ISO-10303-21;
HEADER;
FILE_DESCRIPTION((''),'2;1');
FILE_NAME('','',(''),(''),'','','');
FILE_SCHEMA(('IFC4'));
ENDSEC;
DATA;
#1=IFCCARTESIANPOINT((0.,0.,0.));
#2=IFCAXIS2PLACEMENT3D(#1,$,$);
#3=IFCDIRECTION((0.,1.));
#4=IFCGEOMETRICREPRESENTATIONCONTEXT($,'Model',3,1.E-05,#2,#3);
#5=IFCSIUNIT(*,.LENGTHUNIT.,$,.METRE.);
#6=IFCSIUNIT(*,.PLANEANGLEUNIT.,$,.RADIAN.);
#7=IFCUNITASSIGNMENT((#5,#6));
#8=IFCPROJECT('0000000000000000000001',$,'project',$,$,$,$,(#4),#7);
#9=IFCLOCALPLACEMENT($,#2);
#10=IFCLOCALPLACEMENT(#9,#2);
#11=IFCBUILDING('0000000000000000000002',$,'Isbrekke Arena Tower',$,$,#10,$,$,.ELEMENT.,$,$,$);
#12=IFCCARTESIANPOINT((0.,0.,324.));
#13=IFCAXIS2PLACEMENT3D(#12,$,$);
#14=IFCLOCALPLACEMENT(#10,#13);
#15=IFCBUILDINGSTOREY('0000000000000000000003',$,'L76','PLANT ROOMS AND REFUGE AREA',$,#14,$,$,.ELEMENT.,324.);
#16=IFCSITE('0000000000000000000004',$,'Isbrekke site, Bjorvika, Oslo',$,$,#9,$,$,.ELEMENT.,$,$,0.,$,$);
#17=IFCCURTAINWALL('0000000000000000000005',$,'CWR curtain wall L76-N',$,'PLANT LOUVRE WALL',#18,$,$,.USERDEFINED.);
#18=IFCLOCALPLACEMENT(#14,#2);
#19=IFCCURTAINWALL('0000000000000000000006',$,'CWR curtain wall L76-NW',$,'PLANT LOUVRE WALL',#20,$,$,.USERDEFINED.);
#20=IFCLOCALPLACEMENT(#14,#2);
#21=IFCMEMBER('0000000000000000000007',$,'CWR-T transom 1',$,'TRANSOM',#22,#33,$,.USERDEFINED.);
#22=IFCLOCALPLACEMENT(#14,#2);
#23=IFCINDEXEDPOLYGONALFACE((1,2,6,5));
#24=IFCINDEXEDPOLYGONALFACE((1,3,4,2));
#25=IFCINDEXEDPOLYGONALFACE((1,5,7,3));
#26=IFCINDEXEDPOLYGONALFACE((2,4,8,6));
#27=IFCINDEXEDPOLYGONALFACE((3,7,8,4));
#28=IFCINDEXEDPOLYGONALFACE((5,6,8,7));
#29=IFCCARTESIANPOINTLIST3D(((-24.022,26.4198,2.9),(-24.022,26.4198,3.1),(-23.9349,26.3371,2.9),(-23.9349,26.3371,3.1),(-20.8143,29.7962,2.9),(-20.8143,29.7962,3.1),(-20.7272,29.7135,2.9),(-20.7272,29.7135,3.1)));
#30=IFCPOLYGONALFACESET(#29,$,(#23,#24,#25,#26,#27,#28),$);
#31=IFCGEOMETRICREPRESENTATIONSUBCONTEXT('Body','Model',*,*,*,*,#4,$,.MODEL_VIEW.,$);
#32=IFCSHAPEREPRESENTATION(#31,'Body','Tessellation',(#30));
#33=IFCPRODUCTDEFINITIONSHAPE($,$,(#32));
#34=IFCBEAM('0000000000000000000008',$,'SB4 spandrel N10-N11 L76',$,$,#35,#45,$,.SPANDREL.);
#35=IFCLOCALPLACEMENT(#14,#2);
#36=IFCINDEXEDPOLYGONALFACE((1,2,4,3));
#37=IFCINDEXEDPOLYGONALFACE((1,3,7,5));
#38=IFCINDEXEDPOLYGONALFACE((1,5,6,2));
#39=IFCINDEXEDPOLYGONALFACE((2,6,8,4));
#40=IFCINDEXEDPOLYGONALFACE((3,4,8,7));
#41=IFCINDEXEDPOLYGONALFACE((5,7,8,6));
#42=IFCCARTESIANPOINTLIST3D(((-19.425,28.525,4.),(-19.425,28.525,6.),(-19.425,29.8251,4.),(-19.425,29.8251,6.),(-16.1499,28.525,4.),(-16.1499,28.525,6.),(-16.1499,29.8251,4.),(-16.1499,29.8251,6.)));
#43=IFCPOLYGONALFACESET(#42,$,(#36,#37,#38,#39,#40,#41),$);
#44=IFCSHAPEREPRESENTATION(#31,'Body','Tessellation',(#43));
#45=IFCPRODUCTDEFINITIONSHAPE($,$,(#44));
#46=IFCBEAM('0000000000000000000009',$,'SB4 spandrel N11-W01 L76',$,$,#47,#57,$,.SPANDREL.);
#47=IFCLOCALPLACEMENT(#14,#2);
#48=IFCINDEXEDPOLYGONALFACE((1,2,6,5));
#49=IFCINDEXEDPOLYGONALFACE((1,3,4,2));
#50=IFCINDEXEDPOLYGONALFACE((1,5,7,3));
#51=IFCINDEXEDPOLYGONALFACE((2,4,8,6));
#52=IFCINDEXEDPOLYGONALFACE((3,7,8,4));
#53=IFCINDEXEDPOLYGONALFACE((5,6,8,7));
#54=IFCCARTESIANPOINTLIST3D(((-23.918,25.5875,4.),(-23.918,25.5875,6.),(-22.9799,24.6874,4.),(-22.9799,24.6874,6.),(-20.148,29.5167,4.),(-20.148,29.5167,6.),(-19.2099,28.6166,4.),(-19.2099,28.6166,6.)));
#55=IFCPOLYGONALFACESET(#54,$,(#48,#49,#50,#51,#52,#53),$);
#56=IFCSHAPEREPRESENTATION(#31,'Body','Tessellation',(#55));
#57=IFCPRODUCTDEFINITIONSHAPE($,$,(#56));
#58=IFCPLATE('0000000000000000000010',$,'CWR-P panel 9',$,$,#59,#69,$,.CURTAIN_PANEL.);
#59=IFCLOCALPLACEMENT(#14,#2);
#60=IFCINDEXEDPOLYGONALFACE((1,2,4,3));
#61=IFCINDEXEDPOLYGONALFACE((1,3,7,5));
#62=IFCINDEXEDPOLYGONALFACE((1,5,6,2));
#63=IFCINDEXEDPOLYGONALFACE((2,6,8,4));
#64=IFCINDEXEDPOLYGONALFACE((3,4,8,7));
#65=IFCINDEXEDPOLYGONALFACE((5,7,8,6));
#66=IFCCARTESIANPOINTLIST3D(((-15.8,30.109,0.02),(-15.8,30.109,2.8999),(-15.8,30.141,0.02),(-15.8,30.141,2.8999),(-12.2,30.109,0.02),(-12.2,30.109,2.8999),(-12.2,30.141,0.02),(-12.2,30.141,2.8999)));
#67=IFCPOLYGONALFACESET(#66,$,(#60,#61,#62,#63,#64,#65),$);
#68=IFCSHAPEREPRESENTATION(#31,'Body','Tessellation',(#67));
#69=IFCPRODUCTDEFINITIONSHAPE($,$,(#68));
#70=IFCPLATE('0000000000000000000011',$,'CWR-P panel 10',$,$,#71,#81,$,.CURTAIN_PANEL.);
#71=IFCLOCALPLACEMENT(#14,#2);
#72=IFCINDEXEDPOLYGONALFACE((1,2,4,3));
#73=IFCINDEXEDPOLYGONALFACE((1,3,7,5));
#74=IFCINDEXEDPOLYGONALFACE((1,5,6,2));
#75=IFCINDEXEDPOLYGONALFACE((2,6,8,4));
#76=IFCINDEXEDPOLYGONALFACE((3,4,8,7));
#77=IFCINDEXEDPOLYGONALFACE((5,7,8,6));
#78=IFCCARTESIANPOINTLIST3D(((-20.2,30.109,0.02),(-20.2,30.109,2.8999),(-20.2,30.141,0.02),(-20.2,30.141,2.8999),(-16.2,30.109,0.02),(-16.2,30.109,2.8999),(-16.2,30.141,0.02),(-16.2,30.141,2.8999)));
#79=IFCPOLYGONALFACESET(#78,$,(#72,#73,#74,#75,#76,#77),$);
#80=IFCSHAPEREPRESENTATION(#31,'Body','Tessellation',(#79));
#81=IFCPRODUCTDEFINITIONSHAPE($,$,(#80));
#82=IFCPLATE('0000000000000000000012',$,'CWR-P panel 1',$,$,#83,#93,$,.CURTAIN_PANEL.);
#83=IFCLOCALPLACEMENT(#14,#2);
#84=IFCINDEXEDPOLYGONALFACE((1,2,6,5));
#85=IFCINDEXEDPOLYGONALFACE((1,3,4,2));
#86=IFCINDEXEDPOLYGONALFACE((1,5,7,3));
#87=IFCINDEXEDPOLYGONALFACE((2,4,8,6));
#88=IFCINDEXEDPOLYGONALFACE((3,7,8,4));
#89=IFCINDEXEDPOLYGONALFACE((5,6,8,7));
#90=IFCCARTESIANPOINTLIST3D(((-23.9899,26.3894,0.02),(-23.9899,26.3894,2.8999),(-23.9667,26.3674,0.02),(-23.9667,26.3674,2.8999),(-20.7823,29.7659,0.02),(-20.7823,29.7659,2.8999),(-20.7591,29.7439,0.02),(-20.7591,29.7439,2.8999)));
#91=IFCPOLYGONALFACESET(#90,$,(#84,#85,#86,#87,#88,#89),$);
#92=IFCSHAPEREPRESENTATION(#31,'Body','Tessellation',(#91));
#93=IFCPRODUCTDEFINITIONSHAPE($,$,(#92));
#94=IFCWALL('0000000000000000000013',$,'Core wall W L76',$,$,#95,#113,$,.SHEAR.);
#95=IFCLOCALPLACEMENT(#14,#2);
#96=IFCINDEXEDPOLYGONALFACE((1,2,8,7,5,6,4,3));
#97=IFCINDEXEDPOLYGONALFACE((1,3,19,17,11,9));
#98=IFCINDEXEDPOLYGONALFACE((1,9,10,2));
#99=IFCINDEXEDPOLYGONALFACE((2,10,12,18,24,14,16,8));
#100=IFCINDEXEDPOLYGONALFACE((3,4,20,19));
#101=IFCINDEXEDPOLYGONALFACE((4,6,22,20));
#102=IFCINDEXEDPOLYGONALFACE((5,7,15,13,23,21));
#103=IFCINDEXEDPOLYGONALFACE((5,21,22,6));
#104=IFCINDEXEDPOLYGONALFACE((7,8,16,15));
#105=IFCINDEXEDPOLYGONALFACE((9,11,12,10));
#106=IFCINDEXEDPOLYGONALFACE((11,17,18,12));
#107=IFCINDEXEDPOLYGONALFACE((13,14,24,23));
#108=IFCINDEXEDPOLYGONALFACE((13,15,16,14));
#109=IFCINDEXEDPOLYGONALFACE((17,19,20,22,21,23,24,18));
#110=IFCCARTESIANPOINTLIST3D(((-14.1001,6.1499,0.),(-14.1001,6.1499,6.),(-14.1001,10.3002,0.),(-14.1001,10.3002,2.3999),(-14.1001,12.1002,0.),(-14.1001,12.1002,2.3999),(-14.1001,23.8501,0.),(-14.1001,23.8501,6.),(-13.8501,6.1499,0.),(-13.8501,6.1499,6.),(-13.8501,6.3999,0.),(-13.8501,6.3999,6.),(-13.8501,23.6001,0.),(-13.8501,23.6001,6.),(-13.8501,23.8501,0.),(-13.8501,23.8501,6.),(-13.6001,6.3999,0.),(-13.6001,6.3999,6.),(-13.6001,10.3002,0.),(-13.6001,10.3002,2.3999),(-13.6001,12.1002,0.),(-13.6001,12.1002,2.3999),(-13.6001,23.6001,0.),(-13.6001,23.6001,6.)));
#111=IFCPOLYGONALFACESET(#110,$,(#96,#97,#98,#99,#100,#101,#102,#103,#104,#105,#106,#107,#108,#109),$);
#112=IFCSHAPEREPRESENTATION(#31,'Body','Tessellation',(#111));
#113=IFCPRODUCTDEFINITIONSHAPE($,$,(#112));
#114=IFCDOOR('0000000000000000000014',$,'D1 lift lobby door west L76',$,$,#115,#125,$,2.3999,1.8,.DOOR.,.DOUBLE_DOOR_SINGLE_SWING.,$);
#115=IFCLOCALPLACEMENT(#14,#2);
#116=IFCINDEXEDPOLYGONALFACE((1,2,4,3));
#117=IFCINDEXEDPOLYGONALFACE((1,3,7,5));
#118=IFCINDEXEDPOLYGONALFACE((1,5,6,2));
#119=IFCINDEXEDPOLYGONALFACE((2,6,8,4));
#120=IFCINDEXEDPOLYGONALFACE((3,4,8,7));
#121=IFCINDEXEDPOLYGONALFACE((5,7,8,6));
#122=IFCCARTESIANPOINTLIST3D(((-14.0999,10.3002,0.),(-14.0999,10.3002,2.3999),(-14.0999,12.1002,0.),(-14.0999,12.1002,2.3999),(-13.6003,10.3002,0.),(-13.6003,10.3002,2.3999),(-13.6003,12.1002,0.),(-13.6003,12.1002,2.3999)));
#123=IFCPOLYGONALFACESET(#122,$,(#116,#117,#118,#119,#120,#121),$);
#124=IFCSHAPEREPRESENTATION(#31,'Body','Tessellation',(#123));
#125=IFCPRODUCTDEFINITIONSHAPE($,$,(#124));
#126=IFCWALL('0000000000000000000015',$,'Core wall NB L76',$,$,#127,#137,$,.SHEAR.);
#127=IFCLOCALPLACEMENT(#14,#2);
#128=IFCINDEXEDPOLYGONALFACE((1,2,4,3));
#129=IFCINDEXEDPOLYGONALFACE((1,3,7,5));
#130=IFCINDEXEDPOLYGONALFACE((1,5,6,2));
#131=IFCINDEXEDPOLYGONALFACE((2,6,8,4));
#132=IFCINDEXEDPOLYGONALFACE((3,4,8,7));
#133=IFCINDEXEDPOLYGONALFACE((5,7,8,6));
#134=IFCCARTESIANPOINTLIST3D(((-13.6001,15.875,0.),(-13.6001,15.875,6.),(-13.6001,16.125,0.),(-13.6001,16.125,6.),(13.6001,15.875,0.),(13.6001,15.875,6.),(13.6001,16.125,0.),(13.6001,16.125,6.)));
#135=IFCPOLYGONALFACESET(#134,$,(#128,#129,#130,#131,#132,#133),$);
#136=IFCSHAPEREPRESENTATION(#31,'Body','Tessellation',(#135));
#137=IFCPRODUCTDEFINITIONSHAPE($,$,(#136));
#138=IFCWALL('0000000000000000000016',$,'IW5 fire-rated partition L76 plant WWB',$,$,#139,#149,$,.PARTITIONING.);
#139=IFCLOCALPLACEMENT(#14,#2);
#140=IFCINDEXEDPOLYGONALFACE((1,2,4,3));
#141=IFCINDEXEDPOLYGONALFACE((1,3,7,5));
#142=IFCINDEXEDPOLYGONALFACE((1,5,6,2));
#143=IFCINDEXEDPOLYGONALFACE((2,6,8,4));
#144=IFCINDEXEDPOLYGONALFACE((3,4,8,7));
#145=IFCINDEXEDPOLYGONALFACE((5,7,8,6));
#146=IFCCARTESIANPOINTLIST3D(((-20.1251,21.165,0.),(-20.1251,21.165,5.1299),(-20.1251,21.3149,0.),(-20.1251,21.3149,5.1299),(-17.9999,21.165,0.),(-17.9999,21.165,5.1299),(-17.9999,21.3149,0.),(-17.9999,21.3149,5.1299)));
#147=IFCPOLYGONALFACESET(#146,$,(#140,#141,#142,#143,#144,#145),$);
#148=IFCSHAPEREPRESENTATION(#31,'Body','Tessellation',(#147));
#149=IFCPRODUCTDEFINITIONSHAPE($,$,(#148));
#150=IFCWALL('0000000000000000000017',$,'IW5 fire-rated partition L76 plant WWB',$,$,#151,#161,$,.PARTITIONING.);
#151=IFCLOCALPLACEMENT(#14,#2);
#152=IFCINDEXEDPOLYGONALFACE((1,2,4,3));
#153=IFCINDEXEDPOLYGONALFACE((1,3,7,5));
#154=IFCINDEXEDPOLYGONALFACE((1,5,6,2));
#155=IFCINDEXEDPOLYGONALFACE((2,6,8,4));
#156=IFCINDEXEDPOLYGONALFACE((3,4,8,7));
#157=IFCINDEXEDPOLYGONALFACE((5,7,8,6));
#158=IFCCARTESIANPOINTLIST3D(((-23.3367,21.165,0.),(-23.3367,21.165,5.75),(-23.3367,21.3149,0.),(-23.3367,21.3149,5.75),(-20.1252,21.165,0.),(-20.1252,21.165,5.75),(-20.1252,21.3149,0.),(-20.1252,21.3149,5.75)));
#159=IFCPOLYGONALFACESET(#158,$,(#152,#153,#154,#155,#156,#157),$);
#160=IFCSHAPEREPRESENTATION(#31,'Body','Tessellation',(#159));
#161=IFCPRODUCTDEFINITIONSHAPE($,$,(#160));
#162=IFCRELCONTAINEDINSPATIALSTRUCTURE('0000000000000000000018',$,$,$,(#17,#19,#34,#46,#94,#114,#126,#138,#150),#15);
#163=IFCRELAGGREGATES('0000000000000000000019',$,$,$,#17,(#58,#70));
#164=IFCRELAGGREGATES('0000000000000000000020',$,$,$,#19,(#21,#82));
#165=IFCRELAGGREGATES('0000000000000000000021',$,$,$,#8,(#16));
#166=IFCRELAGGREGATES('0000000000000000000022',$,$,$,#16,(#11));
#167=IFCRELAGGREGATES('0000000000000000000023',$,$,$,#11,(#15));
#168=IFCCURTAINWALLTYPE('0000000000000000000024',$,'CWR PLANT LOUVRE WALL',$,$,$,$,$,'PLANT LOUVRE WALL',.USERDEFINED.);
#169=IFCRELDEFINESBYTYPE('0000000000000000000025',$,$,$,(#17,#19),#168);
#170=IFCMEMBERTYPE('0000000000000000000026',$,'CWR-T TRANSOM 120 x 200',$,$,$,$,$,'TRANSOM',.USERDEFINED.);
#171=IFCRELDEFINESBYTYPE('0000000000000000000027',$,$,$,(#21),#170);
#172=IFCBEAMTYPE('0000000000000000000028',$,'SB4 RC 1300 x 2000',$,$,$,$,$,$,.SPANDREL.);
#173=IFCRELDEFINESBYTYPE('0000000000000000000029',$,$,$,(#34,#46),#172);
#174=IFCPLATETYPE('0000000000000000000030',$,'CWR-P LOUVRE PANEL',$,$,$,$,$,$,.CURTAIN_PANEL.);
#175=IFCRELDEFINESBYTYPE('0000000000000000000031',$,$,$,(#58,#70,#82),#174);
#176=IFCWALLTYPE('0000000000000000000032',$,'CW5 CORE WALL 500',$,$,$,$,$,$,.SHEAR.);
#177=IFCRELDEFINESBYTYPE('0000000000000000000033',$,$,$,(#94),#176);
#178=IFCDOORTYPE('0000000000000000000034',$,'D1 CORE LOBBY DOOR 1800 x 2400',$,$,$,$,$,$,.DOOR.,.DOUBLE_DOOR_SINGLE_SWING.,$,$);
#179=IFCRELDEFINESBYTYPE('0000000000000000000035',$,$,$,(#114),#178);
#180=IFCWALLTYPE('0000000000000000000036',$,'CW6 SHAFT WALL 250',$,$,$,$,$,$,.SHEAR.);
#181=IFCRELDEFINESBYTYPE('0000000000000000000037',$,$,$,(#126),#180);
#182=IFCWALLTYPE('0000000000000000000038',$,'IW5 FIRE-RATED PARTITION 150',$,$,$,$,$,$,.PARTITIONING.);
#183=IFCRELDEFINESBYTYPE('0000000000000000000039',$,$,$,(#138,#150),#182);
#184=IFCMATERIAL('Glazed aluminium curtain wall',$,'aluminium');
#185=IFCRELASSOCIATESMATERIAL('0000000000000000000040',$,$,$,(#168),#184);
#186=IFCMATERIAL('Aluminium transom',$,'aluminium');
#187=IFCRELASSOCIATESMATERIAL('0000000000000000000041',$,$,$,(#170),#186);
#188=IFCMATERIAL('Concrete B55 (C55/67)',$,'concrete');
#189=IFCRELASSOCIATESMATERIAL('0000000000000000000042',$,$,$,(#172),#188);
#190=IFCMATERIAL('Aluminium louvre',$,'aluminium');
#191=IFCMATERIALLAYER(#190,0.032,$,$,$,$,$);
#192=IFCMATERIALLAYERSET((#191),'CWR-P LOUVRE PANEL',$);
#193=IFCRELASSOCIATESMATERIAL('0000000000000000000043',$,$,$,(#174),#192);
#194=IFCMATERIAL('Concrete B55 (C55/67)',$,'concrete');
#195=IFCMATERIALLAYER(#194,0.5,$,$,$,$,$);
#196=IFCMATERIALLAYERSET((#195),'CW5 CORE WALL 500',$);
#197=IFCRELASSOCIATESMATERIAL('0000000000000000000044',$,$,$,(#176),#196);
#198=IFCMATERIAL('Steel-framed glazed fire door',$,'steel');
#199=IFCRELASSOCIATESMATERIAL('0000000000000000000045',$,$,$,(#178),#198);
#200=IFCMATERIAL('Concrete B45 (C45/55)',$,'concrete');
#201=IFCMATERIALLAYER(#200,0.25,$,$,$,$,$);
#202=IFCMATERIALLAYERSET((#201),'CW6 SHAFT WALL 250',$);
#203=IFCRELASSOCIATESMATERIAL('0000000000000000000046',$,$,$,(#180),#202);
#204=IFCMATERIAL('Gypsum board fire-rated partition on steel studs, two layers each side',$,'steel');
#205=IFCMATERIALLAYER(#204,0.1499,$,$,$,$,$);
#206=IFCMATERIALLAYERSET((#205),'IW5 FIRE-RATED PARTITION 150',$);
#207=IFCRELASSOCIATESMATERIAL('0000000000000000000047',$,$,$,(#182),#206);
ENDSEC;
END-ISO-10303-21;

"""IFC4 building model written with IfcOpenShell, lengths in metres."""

from ifc_helpers import new_model, si_unit, direction, frame, frame_2d, origin, origin_2d, place, context, subcontext, project, spatial, polyline, rectangle, outline, extrude, material, layer, layer_set, material_profile, profile_set, type_object, element, fill, aggregate, save


model = new_model("IFC4")

# Units and contexts
model_context = context("Model", 3, precision=1e-05, world=origin(), true_north=direction((0.0, 1.0)))
body_context = subcontext(model_context, "Body", "Model", "MODEL_VIEW")
ifc_project = project(units=[si_unit("LENGTHUNIT", "METRE"), si_unit("PLANEANGLEUNIT", "RADIAN")], contexts=[model_context])

# Site, building, storey
site_placement = place(None, origin())
site = spatial("IfcSite", under=ifc_project, at=site_placement, Name="Isbrekke site, Bjorvika, Oslo", CompositionType="ELEMENT", RefElevation=0.0)
building_placement = place(site_placement, origin())
building = spatial("IfcBuilding", under=site, at=building_placement, Name="Isbrekke Arena Tower", CompositionType="ELEMENT")
storey_placement = place(building_placement, frame((0.0, 0.0, 324.0)))
storey = spatial("IfcBuildingStorey", under=building, at=storey_placement, Name="L76", Description="PLANT ROOMS AND REFUGE AREA", CompositionType="ELEMENT", Elevation=324.0)

# Curtain wall
ifc_material_1 = material(Name="Glazed aluminium curtain wall", Category="aluminium")
curtain_wall_type = type_object("IfcCurtainWallType", Name="CWR PLANT LOUVRE WALL", ElementType="PLANT LOUVRE WALL", PredefinedType="USERDEFINED", material=ifc_material_1)
curtain_wall_1_placement = place(storey_placement, origin())
curtain_wall_1 = element("IfcCurtainWall", 1, at=curtain_wall_1_placement, inside=storey, type_object=curtain_wall_type, Name="CWR curtain wall L76-N", ObjectType="PLANT LOUVRE WALL", PredefinedType="USERDEFINED")

# Curtain wall
curtain_wall_2_placement = place(storey_placement, origin())
curtain_wall_2 = element("IfcCurtainWall", 2, at=curtain_wall_2_placement, inside=storey, type_object=curtain_wall_type, Name="CWR curtain wall L76-NW", ObjectType="PLANT LOUVRE WALL", PredefinedType="USERDEFINED")

# Member
ifc_material_2 = material(Name="Aluminium transom", Category="aluminium")
ifc_material_profile_1 = material_profile(ifc_material_2, rectangle(XDim=0.1201, YDim=0.2, at=origin_2d()), Name="TRANSOM 120X200")
ifc_profile_set_1 = profile_set([ifc_material_profile_1], Name="Aluminium transom")
member_type_1 = type_object("IfcMemberType", Name="CWR-T TRANSOM 120 x 200", ElementType="TRANSOM", PredefinedType="USERDEFINED", material=ifc_profile_set_1)
member_1_placement = place(storey_placement, frame((-20.7708, 29.7549, 3.0), z_axis=(-0.688763, -0.724986, 0.0), x_axis=(0.724986, -0.688763, 0.0)))
member_1 = element("IfcMember", 3, at=member_1_placement, type_object=member_type_1, Name="CWR-T transom 1", ObjectType="TRANSOM", PredefinedType="USERDEFINED", context=body_context, shape_type="SweptSolid", body=[
    extrude(rectangle(XDim=0.1201, YDim=0.2, at=origin_2d()), origin(), (0.0, 0.0, 1.0), 4.6572),
])

# Beams
ifc_material_3 = material(Name="Concrete B55 (C55/67)", Category="concrete")
ifc_material_profile_2 = material_profile(ifc_material_3, rectangle(XDim=1.3, YDim=2.0, at=origin_2d()), Name="RC 1300x2000")
ifc_profile_set_2 = profile_set([ifc_material_profile_2], Name="Concrete B55 (C55/67)")
beam_type_1 = type_object("IfcBeamType", Name="SB4 RC 1300 x 2000", PredefinedType="SPANDREL", material=ifc_profile_set_2)
beam_1_placement = place(storey_placement, frame((-16.1499, 29.175, 5.0), z_axis=(-1.0, 0.0, 0.0), x_axis=(0.0, -1.0, 0.0)))
element("IfcBeam", 4, at=beam_1_placement, inside=storey, type_object=beam_type_1, Name="SB4 spandrel N10-N11 L76", PredefinedType="SPANDREL", context=body_context, shape_type="SweptSolid", body=[
    extrude(rectangle(XDim=1.3, YDim=2.0, at=origin_2d()), origin(), (0.0, 0.0, 1.0), 3.2751),
])
beam_2_placement = place(storey_placement, frame((-19.679, 29.0667, 5.0), z_axis=(-0.69234, -0.721572, 0.0), x_axis=(0.721572, -0.69234, 0.0)))
element("IfcBeam", 5, at=beam_2_placement, inside=storey, type_object=beam_type_1, Name="SB4 spandrel N11-W01 L76", PredefinedType="SPANDREL", context=body_context, shape_type="SweptSolid", body=[
    extrude(rectangle(XDim=1.3, YDim=2.0, at=origin_2d()), origin(), (0.0, 0.0, 1.0), 5.4453),
])

# Plates
ifc_material_4 = material(Name="Aluminium louvre", Category="aluminium")
ifc_layer_1 = layer(ifc_material_4, 0.032)
ifc_layer_set_1 = layer_set([ifc_layer_1], Name="CWR-P LOUVRE PANEL")
plate_type = type_object("IfcPlateType", Name="CWR-P LOUVRE PANEL", PredefinedType="CURTAIN_PANEL", material=ifc_layer_set_1)
plate_1_placement = place(storey_placement, frame((-14.0, 30.125, 0.02), z_axis=(0.0, 0.0, 1.0), x_axis=(-1.0, 0.0, 0.0)))
plate_1 = element("IfcPlate", 6, at=plate_1_placement, type_object=plate_type, Name="CWR-P panel 9", PredefinedType="CURTAIN_PANEL", context=body_context, shape_type="SweptSolid", body=[
    extrude(rectangle(XDim=3.6001, YDim=0.032, at=origin_2d()), origin(), (0.0, 0.0, 1.0), 2.8799),
])
plate_2_placement = place(storey_placement, frame((-18.2, 30.125, 0.02), z_axis=(0.0, 0.0, 1.0), x_axis=(-1.0, 0.0, 0.0)))
plate_2 = element("IfcPlate", 7, at=plate_2_placement, type_object=plate_type, Name="CWR-P panel 10", PredefinedType="CURTAIN_PANEL", context=body_context, shape_type="SweptSolid", body=[
    extrude(rectangle(XDim=4.0, YDim=0.032, at=origin_2d()), origin(), (0.0, 0.0, 1.0), 2.8799),
])
aggregate(curtain_wall_1, [plate_1, plate_2])
plate_3_placement = place(storey_placement, frame((-22.3745, 28.0667, 0.02), z_axis=(0.0, 0.0, 1.0), x_axis=(-0.688749, -0.724999, 0.0)))
plate_3 = element("IfcPlate", 8, at=plate_3_placement, type_object=plate_type, Name="CWR-P panel 1", PredefinedType="CURTAIN_PANEL", context=body_context, shape_type="SweptSolid", body=[
    extrude(rectangle(XDim=4.6572, YDim=0.032, at=origin_2d()), origin(), (0.0, 0.0, 1.0), 2.8799),
])
aggregate(curtain_wall_2, [member_1, plate_3])

# Wall, opening, door
ifc_material_5 = material(Name="Concrete B55 (C55/67)", Category="concrete")
ifc_layer_2 = layer(ifc_material_5, 0.5)
ifc_layer_set_2 = layer_set([ifc_layer_2], Name="CW5 CORE WALL 500")
wall_type_1 = type_object("IfcWallType", Name="CW5 CORE WALL 500", PredefinedType="SHEAR", material=ifc_layer_set_2)
wall_1_placement = place(storey_placement, frame((-13.8501, 23.8501, 0.0), z_axis=(0.0, 0.0, 1.0), x_axis=(0.0, -1.0, 0.0)))
wall_1 = element("IfcWall", 9, at=wall_1_placement, inside=storey, type_object=wall_type_1, Name="Core wall W L76", PredefinedType="SHEAR", context=body_context, shape_type="SweptSolid", body=[
    extrude(outline(polyline([(0.0, -0.25), (17.7002, -0.25), (17.7002, 0.0), (17.4502, 0.0), (17.4502, 0.25), (0.25, 0.25), (0.25, 0.0), (0.0, 0.0), (0.0, -0.25)])), origin(), (0.0, 0.0, 1.0), 6.0),
])
opening_1_placement = place(wall_1_placement, frame((11.75, 0.0, 0.0)))
opening_1 = element("IfcOpeningElement", 10, at=opening_1_placement, cuts=wall_1, PredefinedType="OPENING", context=body_context, shape_type="SweptSolid", body=[
    extrude(rectangle(XDim=1.8, YDim=2.3999, at=frame_2d((0.8999, 1.2))), frame((0.0, 0.2649, 0.0), z_axis=(0.0, -1.0, 0.0), x_axis=(1.0, 0.0, 0.0)), (0.0, 0.0, 1.0), 0.5298),
])
ifc_material_6 = material(Name="Steel-framed glazed fire door", Category="steel")
door_type_1 = type_object("IfcDoorType", Name="D1 CORE LOBBY DOOR 1800 x 2400", OperationType="DOUBLE_DOOR_SINGLE_SWING", PredefinedType="DOOR", material=ifc_material_6)
door_1_placement = place(opening_1_placement, origin())
door_1 = element("IfcDoor", 11, at=door_1_placement, inside=storey, type_object=door_type_1, Name="D1 lift lobby door west L76", OperationType="DOUBLE_DOOR_SINGLE_SWING", OverallHeight=2.3999, OverallWidth=1.8, PredefinedType="DOOR", context=body_context, shape_type="SweptSolid", body=[
    extrude(rectangle(XDim=1.8, YDim=2.3999, at=frame_2d((0.8999, 1.2))), frame((0.0, 0.2498, 0.0), z_axis=(0.0, -1.0, 0.0), x_axis=(1.0, 0.0, 0.0)), (0.0, 0.0, 1.0), 0.4995),
])
fill(opening_1, door_1)

# Walls
ifc_material_7 = material(Name="Concrete B45 (C45/55)", Category="concrete")
ifc_layer_3 = layer(ifc_material_7, 0.25)
ifc_layer_set_3 = layer_set([ifc_layer_3], Name="CW6 SHAFT WALL 250")
wall_type_2 = type_object("IfcWallType", Name="CW6 SHAFT WALL 250", PredefinedType="SHEAR", material=ifc_layer_set_3)
wall_2_placement = place(storey_placement, frame((-13.6001, 16.0, 0.0), z_axis=(0.0, 0.0, 1.0), x_axis=(1.0, 0.0, 0.0)))
element("IfcWall", 12, at=wall_2_placement, inside=storey, type_object=wall_type_2, Name="Core wall NB L76", PredefinedType="SHEAR", context=body_context, shape_type="SweptSolid", body=[
    extrude(rectangle(XDim=27.2002, YDim=0.25, at=frame_2d((13.6001, 0.0))), origin(), (0.0, 0.0, 1.0), 6.0),
])
ifc_material_8 = material(Name="Gypsum board fire-rated partition on steel studs, two layers each side", Category="steel")
ifc_layer_4 = layer(ifc_material_8, 0.1499)
ifc_layer_set_4 = layer_set([ifc_layer_4], Name="IW5 FIRE-RATED PARTITION 150")
wall_type_3 = type_object("IfcWallType", Name="IW5 FIRE-RATED PARTITION 150", PredefinedType="PARTITIONING", material=ifc_layer_set_4)
wall_3_placement = place(storey_placement, frame((-18.0, 21.24, 0.0), z_axis=(0.0, 0.0, 1.0), x_axis=(-1.0, 0.0, 0.0)))
element("IfcWall", 13, at=wall_3_placement, inside=storey, type_object=wall_type_3, Name="IW5 fire-rated partition L76 plant WWB", PredefinedType="PARTITIONING", context=body_context, shape_type="SweptSolid", body=[
    extrude(rectangle(XDim=2.1252, YDim=0.1499, at=frame_2d((1.0625, 0.0))), origin(), (0.0, 0.0, 1.0), 5.1299),
])
wall_4_placement = place(storey_placement, frame((-20.1252, 21.24, 0.0), z_axis=(0.0, 0.0, 1.0), x_axis=(-1.0, 0.0, 0.0)))
element("IfcWall", 14, at=wall_4_placement, inside=storey, type_object=wall_type_3, Name="IW5 fire-rated partition L76 plant WWB", PredefinedType="PARTITIONING", context=body_context, shape_type="SweptSolid", body=[
    extrude(rectangle(XDim=3.2114, YDim=0.1499, at=frame_2d((1.6057, 0.0))), origin(), (0.0, 0.0, 1.0), 5.75),
])

save(model, "model.ifc")
